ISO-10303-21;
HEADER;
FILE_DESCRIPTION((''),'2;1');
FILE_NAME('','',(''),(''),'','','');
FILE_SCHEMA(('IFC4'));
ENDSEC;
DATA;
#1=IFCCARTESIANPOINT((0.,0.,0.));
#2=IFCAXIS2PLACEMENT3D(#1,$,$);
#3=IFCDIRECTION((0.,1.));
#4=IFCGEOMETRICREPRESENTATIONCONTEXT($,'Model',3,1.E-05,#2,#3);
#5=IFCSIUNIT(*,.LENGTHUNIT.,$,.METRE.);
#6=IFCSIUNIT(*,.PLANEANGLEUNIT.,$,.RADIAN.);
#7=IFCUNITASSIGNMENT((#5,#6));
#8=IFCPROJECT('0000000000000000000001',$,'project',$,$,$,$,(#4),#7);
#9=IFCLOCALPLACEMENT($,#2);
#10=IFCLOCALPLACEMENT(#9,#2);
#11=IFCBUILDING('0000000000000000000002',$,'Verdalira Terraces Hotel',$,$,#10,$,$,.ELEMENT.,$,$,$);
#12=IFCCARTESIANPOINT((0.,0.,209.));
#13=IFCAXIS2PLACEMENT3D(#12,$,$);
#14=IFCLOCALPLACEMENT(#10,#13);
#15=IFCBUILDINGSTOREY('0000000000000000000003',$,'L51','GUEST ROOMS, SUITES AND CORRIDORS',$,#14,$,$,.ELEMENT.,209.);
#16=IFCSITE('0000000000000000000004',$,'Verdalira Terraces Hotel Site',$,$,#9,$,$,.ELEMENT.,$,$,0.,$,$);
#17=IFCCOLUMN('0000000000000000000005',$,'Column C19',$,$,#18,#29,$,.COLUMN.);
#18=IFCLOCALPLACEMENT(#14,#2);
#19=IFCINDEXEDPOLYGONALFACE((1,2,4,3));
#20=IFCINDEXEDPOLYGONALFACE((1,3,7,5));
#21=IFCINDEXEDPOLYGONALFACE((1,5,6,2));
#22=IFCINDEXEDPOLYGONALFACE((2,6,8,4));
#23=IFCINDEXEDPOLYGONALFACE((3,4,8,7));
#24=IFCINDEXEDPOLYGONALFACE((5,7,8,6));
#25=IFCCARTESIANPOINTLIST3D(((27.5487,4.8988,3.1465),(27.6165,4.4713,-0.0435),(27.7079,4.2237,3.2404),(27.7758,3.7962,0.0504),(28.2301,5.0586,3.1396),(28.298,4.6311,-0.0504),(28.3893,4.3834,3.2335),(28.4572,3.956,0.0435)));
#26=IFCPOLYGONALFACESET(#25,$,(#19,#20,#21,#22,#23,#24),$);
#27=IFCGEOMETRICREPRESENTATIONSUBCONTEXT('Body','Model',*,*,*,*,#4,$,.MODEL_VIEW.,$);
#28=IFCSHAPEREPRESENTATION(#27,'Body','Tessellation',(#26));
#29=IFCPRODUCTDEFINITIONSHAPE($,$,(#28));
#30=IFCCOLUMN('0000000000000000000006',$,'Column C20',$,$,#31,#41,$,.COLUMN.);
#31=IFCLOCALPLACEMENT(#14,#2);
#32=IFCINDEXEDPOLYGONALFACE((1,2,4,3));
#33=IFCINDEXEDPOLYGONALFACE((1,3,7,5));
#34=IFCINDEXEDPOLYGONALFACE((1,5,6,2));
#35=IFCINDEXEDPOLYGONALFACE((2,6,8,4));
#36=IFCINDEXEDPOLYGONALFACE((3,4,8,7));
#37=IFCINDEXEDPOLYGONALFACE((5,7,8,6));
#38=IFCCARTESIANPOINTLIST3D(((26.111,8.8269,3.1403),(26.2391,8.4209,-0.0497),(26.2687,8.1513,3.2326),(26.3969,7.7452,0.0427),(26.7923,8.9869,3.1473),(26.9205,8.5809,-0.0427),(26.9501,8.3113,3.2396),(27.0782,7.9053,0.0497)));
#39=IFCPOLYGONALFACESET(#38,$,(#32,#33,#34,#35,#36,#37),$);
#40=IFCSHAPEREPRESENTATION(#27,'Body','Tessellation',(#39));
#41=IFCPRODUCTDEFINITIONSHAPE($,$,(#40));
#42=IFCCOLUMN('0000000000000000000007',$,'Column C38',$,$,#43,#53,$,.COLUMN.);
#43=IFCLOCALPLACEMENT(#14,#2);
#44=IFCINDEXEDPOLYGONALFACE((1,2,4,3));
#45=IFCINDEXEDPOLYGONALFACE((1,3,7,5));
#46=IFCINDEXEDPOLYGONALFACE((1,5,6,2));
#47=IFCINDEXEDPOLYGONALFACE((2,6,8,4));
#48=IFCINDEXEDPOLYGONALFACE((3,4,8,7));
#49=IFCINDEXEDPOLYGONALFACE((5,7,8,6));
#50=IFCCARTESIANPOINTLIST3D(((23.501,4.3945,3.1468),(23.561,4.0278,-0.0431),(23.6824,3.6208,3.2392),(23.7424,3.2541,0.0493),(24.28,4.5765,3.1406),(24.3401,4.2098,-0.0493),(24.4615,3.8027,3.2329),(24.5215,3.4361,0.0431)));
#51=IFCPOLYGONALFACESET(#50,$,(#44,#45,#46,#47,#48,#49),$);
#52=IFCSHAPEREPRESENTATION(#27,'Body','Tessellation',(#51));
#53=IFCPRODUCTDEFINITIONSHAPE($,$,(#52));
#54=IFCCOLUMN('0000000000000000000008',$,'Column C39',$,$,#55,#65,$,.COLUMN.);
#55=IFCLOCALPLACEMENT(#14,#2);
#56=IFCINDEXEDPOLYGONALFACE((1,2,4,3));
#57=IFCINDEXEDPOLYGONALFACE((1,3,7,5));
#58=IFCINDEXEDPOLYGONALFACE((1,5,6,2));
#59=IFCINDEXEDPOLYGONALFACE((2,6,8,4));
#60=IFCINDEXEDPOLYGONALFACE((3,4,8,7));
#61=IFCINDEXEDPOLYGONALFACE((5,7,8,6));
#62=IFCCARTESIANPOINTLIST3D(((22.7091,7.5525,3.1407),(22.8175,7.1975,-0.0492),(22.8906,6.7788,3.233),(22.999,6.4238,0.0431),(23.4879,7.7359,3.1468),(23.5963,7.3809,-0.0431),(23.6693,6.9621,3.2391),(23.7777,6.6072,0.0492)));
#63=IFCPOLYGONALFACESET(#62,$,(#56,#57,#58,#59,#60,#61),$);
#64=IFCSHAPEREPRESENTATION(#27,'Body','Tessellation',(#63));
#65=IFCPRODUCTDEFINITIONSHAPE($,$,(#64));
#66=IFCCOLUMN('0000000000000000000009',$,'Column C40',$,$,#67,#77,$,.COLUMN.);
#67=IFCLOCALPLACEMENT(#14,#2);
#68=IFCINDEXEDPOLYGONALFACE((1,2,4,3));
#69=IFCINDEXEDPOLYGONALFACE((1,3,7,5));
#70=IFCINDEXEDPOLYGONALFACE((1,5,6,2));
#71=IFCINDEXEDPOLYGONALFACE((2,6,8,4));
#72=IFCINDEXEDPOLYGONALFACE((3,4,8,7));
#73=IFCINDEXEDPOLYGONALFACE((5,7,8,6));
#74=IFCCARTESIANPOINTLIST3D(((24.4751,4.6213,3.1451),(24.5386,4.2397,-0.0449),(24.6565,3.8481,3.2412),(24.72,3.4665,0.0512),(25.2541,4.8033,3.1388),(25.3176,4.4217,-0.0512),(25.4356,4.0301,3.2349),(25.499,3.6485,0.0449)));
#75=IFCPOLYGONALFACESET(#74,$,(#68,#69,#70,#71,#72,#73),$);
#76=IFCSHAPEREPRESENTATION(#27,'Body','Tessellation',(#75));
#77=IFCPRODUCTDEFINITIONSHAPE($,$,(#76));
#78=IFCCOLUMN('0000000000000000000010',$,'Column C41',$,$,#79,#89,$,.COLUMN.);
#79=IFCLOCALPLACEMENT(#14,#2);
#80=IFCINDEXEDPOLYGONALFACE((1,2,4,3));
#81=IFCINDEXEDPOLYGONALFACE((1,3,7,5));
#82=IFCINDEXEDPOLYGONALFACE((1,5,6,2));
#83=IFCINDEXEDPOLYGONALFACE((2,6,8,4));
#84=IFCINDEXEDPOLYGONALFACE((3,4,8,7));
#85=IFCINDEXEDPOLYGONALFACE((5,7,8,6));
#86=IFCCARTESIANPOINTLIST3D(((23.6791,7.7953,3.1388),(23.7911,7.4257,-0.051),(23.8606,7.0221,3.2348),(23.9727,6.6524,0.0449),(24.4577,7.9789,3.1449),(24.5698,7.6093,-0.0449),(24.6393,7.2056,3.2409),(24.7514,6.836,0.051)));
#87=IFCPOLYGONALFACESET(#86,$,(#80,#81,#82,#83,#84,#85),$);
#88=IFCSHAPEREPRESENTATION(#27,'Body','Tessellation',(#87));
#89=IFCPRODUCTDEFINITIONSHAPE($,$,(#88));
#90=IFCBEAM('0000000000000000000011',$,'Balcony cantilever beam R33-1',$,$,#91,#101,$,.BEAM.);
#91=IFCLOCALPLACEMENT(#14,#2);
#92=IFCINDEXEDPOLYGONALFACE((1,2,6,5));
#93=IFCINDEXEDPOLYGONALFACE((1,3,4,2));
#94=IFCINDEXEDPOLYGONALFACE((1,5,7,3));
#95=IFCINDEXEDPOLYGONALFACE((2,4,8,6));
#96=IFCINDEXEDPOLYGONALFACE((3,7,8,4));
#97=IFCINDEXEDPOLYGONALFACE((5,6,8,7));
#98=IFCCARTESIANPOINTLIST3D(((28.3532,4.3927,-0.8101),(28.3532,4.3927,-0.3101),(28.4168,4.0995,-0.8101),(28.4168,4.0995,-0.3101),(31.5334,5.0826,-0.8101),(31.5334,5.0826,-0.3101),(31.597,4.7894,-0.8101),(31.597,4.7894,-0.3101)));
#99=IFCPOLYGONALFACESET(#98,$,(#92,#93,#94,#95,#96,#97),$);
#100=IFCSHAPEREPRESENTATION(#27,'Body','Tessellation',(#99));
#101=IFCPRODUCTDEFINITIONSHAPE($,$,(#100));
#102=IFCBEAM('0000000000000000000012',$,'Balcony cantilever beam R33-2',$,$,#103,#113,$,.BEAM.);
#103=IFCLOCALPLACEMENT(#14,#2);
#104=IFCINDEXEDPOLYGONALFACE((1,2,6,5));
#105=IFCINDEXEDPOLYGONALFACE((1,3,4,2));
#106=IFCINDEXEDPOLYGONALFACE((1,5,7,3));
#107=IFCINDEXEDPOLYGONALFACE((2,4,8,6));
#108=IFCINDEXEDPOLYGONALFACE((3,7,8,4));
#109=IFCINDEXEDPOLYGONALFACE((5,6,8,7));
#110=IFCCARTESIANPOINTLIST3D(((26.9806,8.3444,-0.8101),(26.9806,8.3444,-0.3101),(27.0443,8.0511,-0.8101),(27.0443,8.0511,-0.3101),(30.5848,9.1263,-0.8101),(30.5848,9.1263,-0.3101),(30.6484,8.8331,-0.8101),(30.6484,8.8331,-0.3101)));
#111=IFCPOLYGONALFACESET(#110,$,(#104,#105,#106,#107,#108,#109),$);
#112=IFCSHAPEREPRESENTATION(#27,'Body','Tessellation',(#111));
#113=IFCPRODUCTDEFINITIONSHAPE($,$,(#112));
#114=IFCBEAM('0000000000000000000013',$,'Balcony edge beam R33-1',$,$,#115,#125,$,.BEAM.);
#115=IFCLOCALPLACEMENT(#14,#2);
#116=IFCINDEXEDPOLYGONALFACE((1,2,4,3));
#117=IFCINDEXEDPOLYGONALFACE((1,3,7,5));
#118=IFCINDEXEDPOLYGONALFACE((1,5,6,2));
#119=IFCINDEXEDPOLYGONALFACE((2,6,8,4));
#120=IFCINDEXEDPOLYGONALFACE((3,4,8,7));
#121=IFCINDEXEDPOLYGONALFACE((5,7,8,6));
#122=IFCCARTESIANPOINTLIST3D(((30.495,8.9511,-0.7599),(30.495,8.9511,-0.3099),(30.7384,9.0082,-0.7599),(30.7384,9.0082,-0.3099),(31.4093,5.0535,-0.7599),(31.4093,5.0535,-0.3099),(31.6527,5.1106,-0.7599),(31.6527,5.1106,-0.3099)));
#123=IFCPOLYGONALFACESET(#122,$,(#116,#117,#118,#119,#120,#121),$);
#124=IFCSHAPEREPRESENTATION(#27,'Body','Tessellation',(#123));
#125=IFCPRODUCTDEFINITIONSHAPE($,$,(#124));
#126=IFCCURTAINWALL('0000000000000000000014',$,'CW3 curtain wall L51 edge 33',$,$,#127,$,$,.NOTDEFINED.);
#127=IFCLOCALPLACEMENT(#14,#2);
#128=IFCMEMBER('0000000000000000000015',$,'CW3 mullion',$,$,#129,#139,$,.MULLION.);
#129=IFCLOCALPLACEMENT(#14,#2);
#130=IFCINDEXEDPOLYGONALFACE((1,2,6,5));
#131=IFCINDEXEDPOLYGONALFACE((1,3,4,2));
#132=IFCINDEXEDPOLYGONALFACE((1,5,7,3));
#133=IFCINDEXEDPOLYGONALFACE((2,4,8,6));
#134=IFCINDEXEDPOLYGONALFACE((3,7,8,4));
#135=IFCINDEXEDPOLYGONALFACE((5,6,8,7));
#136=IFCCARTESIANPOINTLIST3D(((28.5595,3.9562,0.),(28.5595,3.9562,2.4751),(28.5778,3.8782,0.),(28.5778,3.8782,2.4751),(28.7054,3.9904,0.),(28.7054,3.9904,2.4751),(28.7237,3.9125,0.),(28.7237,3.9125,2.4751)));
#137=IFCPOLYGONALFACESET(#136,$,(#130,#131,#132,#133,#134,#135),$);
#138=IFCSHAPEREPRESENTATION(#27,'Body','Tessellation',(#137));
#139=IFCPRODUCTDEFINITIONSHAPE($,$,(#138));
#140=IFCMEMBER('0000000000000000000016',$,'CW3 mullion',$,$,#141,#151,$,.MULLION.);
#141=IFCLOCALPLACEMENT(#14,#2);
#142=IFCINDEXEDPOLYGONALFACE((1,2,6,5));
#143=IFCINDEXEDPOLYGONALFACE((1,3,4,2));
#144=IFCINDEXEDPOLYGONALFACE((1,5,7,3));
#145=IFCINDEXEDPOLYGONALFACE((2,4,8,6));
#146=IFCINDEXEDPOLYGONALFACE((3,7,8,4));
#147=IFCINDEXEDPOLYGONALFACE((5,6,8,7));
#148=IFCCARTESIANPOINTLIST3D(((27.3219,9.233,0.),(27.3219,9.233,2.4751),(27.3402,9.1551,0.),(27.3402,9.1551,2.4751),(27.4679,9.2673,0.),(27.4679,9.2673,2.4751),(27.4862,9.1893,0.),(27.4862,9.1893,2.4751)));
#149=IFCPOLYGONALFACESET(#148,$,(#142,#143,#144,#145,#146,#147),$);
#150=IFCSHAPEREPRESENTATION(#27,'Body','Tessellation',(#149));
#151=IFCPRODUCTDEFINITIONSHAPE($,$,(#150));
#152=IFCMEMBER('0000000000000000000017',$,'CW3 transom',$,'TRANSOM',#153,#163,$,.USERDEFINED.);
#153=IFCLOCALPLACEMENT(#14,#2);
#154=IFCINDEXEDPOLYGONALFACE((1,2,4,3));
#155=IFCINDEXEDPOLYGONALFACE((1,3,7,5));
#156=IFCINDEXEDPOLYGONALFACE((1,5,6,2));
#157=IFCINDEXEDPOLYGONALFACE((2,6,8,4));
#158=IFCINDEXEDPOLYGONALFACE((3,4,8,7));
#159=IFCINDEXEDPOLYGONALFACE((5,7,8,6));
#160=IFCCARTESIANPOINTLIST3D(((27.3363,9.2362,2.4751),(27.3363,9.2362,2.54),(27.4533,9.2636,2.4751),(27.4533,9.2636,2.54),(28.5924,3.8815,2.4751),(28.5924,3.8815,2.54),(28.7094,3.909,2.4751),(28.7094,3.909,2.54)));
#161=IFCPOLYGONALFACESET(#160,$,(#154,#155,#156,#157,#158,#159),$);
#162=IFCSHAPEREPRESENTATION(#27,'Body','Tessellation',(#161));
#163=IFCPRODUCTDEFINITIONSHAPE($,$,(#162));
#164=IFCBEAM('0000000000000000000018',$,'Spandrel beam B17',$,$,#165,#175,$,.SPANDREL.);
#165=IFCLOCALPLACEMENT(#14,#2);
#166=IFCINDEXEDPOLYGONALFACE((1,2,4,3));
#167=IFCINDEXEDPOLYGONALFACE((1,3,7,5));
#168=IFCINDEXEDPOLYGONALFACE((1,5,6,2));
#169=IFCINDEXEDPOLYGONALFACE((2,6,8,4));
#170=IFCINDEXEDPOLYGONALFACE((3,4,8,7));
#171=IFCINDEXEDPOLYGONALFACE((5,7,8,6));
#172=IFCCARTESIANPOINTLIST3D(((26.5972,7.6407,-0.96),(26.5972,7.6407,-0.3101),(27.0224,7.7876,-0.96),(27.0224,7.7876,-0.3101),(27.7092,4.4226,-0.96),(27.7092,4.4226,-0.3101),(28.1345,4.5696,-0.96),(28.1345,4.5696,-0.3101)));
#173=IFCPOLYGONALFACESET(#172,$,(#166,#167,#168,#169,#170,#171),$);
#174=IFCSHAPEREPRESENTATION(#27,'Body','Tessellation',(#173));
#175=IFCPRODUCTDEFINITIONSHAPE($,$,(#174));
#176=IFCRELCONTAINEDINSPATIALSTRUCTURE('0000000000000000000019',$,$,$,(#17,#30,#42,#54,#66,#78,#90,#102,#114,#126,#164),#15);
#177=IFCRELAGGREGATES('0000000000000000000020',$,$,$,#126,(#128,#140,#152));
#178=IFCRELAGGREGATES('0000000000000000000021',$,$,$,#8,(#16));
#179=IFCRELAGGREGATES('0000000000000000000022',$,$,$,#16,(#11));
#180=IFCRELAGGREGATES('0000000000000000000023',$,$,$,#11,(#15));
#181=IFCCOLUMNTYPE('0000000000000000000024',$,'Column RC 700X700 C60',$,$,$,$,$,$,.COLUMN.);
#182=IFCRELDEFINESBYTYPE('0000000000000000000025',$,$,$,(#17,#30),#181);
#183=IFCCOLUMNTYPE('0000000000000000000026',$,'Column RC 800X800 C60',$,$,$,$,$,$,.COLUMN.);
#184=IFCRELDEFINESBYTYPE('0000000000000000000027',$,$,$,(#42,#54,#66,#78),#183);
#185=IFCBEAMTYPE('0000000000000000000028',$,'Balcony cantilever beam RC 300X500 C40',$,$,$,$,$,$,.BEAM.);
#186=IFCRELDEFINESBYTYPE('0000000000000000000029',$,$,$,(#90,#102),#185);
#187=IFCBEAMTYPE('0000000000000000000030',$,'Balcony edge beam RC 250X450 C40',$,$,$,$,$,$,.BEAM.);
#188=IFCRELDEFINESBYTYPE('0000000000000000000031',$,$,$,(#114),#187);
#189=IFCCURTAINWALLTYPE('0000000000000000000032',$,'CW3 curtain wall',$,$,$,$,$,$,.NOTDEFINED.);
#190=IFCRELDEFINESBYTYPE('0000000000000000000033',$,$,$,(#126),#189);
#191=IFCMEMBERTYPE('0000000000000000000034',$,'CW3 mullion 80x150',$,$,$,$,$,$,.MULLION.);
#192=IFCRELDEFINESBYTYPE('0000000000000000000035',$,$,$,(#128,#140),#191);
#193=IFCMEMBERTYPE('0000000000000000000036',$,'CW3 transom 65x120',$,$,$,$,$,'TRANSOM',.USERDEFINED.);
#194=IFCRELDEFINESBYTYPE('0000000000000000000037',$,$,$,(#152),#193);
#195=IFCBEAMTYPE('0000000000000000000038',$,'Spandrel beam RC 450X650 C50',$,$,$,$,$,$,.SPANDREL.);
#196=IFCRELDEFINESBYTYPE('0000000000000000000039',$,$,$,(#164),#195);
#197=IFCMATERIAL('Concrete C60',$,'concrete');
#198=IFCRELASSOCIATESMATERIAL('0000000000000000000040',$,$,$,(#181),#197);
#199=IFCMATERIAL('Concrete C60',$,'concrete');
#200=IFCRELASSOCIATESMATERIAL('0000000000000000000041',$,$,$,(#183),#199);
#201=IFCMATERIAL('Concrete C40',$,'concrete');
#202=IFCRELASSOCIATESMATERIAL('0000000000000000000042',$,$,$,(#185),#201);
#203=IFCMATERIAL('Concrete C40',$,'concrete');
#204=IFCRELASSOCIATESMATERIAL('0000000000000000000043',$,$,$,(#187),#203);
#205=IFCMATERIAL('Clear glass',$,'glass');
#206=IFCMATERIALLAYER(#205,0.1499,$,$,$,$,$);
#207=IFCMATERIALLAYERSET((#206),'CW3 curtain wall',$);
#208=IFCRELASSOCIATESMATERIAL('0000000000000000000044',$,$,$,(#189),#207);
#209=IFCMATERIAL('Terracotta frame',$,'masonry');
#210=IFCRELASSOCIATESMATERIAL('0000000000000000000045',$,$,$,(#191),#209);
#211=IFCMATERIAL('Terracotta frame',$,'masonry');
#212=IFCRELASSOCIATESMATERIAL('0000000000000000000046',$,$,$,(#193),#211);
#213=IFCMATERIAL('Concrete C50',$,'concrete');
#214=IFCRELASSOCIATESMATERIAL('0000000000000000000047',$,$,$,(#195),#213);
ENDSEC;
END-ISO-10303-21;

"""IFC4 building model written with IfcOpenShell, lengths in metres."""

from ifc_helpers import new_model, si_unit, direction, frame, origin, origin_2d, place, context, subcontext, project, spatial, rectangle, extrude, material, layer, layer_set, material_profile, profile_set, type_object, element, aggregate, save


model = new_model("IFC4")

# Units and contexts
model_context = context("Model", 3, precision=1e-05, world=origin(), true_north=direction((0.0, 1.0)))
body_context = subcontext(model_context, "Body", "Model", "MODEL_VIEW")
ifc_project = project(units=[si_unit("LENGTHUNIT", "METRE"), si_unit("PLANEANGLEUNIT", "RADIAN")], contexts=[model_context])

# Site, building, storey
site_placement = place(None, origin())
site = spatial("IfcSite", under=ifc_project, at=site_placement, Name="Verdalira Terraces Hotel Site", CompositionType="ELEMENT", RefElevation=0.0)
building_placement = place(site_placement, origin())
building = spatial("IfcBuilding", under=site, at=building_placement, Name="Verdalira Terraces Hotel", CompositionType="ELEMENT")
storey_placement = place(building_placement, frame((0.0, 0.0, 209.0)))
storey = spatial("IfcBuildingStorey", under=building, at=storey_placement, Name="L51", Description="GUEST ROOMS, SUITES AND CORRIDORS", CompositionType="ELEMENT", Elevation=209.0)

# Columns
ifc_material_1 = material(Name="Concrete C60", Category="concrete")
ifc_material_profile_1 = material_profile(ifc_material_1, rectangle(XDim=0.7, YDim=0.7, at=origin_2d()), Name="RC 700X700")
ifc_profile_set_1 = profile_set([ifc_material_profile_1], Name="Concrete C60")
column_type_1 = type_object("IfcColumnType", Name="Column RC 700X700 C60", PredefinedType="COLUMN", material=ifc_profile_set_1)
column_1_placement = place(storey_placement, frame((28.0369, 4.2136, 0.0), z_axis=(-0.021083, 0.132795, 0.990919), x_axis=(-0.227486, 0.964504, -0.134095)))
element("IfcColumn", 1, at=column_1_placement, inside=storey, type_object=column_type_1, Name="Column C19", PredefinedType="COLUMN", context=body_context, shape_type="SweptSolid", body=[
    extrude(rectangle(XDim=0.7, YDim=0.7, at=origin_2d()), origin(), (0.0, 0.0, 1.0), 3.2192),
])
column_2_placement = place(storey_placement, frame((26.6587, 8.1631, 0.0), z_axis=(-0.039827, 0.126158, 0.99121), x_axis=(-0.225327, 0.965311, -0.131916)))
element("IfcColumn", 2, at=column_2_placement, inside=storey, type_object=column_type_1, Name="Column C20", PredefinedType="COLUMN", context=body_context, shape_type="SweptSolid", body=[
    extrude(rectangle(XDim=0.7, YDim=0.7, at=origin_2d()), origin(), (0.0, 0.0, 1.0), 3.2183),
])
ifc_material_2 = material(Name="Concrete C60", Category="concrete")
ifc_material_profile_2 = material_profile(ifc_material_2, rectangle(XDim=0.8, YDim=0.8, at=origin_2d()), Name="RC 800X800")
ifc_profile_set_2 = profile_set([ifc_material_profile_2], Name="Concrete C60")
column_type_2 = type_object("IfcColumnType", Name="Column RC 800X800 C60", PredefinedType="COLUMN", material=ifc_profile_set_2)
for number, where, z_axis, x_axis, name in (
    (3, (24.0413, 3.7319, 0.0), (-0.018701, 0.114183, 0.993284), (0.973766, 0.227419, -0.007809), "Column C38"),
    (4, (23.2976, 6.9023, 0.0), (-0.033754, 0.110535, 0.993299), (0.973358, 0.229164, 0.007574), "Column C39"),
):
    element("IfcColumn", number, at=place(storey_placement, frame(where, z_axis=z_axis, x_axis=x_axis)), inside=storey, type_object=column_type_2, Name=name, PredefinedType="COLUMN", context=body_context, shape_type="SweptSolid", body=[
        extrude(rectangle(XDim=0.8, YDim=0.8, at=origin_2d()), origin(), (0.0, 0.0, 1.0), 3.2114),
    ])
column_3_placement = place(storey_placement, frame((25.0188, 3.9441, 0.0), z_axis=(-0.019754, 0.118753, 0.992727), x_axis=(0.973742, 0.22752, -0.00784)))
element("IfcColumn", 5, at=column_3_placement, inside=storey, type_object=column_type_2, Name="Column C40", PredefinedType="COLUMN", context=body_context, shape_type="SweptSolid", body=[
    extrude(rectangle(XDim=0.8, YDim=0.8, at=origin_2d()), origin(), (0.0, 0.0, 1.0), 3.2134),
])
column_4_placement = place(storey_placement, frame((24.2712, 7.1309, 0.0), z_axis=(-0.034875, 0.115033, 0.992749), x_axis=(0.973288, 0.229463, 0.007602)))
element("IfcColumn", 6, at=column_4_placement, inside=storey, type_object=column_type_2, Name="Column C41", PredefinedType="COLUMN", context=body_context, shape_type="SweptSolid", body=[
    extrude(rectangle(XDim=0.8, YDim=0.8, at=origin_2d()), origin(), (0.0, 0.0, 1.0), 3.2131),
])

# Beams
ifc_material_3 = material(Name="Concrete C40", Category="concrete")
ifc_material_profile_3 = material_profile(ifc_material_3, rectangle(XDim=0.3, YDim=0.5, at=origin_2d()), Name="RC 300X500")
ifc_profile_set_3 = profile_set([ifc_material_profile_3], Name="Concrete C40")
beam_type_1 = type_object("IfcBeamType", Name="Balcony cantilever beam RC 300X500 C40", PredefinedType="BEAM", material=ifc_profile_set_3)
beam_1_placement = place(storey_placement, frame((28.385, 4.2461, -0.5601), z_axis=(0.977266, 0.212018, 0.0), x_axis=(-0.212018, 0.977266, 0.0)))
element("IfcBeam", 7, at=beam_1_placement, inside=storey, type_object=beam_type_1, Name="Balcony cantilever beam R33-1", PredefinedType="BEAM", context=body_context, shape_type="SweptSolid", body=[
    extrude(rectangle(XDim=0.3, YDim=0.5, at=origin_2d()), origin(), (0.0, 0.0, 1.0), 3.2542),
])
beam_2_placement = place(storey_placement, frame((27.0125, 8.1978, -0.5601), z_axis=(0.977264, 0.212028, 0.0), x_axis=(-0.212028, 0.977264, 0.0)))
element("IfcBeam", 8, at=beam_2_placement, inside=storey, type_object=beam_type_1, Name="Balcony cantilever beam R33-2", PredefinedType="BEAM", context=body_context, shape_type="SweptSolid", body=[
    extrude(rectangle(XDim=0.3, YDim=0.5, at=origin_2d()), origin(), (0.0, 0.0, 1.0), 3.688),
])
ifc_material_4 = material(Name="Concrete C40", Category="concrete")
ifc_material_profile_4 = material_profile(ifc_material_4, rectangle(XDim=0.25, YDim=0.45, at=origin_2d()), Name="RC 250X450")
ifc_profile_set_4 = profile_set([ifc_material_profile_4], Name="Concrete C40")
beam_type_2 = type_object("IfcBeamType", Name="Balcony edge beam RC 250X450 C40", PredefinedType="BEAM", material=ifc_profile_set_4)
beam_3_placement = place(storey_placement, frame((31.531, 5.082, -0.5349), z_axis=(-0.228376, 0.973573, 0.0), x_axis=(-0.973573, -0.228376, 0.0)))
element("IfcBeam", 9, at=beam_3_placement, inside=storey, type_object=beam_type_2, Name="Balcony edge beam R33-1", PredefinedType="BEAM", context=body_context, shape_type="SweptSolid", body=[
    extrude(rectangle(XDim=0.25, YDim=0.45, at=origin_2d()), origin(), (0.0, 0.0, 1.0), 4.0034),
])

# Curtain wall, members
ifc_material_5 = material(Name="Clear glass", Category="glass")
ifc_layer_1 = layer(ifc_material_5, 0.1499)
ifc_layer_set_1 = layer_set([ifc_layer_1], Name="CW3 curtain wall")
curtain_wall_type = type_object("IfcCurtainWallType", Name="CW3 curtain wall", PredefinedType="NOTDEFINED", material=ifc_layer_set_1)
curtain_wall_placement = place(storey_placement, origin())
curtain_wall = element("IfcCurtainWall", 10, at=curtain_wall_placement, inside=storey, type_object=curtain_wall_type, Name="CW3 curtain wall L51 edge 33", PredefinedType="NOTDEFINED")
ifc_material_6 = material(Name="Terracotta frame", Category="masonry")
ifc_material_profile_5 = material_profile(ifc_material_6, rectangle(XDim=0.0801, YDim=0.1499, at=origin_2d()), Name="MU 80x150")
ifc_profile_set_5 = profile_set([ifc_material_profile_5], Name="Terracotta frame")
member_type_1 = type_object("IfcMemberType", Name="CW3 mullion 80x150", PredefinedType="MULLION", material=ifc_profile_set_5)
member_1_placement = place(storey_placement, frame((28.6416, 3.9343, 0.0), z_axis=(0.0, 0.0, 1.0), x_axis=(-0.228351, 0.973579, 0.0)))
member_1 = element("IfcMember", 11, at=member_1_placement, type_object=member_type_1, Name="CW3 mullion", PredefinedType="MULLION", context=body_context, shape_type="SweptSolid", body=[
    extrude(rectangle(XDim=0.0801, YDim=0.1499, at=origin_2d()), origin(), (0.0, 0.0, 1.0), 2.4751),
])
member_2_placement = place(storey_placement, frame((27.4041, 9.2112, 0.0), z_axis=(0.0, 0.0, 1.0), x_axis=(-0.228351, 0.973579, 0.0)))
member_2 = element("IfcMember", 12, at=member_2_placement, type_object=member_type_1, Name="CW3 mullion", PredefinedType="MULLION", context=body_context, shape_type="SweptSolid", body=[
    extrude(rectangle(XDim=0.0801, YDim=0.1499, at=origin_2d()), origin(), (0.0, 0.0, 1.0), 2.4751),
])
ifc_material_7 = material(Name="Terracotta frame", Category="masonry")
ifc_material_profile_6 = material_profile(ifc_material_7, rectangle(XDim=0.1201, YDim=0.0649, at=origin_2d()), Name="TR 65x120")
ifc_profile_set_6 = profile_set([ifc_material_profile_6], Name="Terracotta frame")
member_type_2 = type_object("IfcMemberType", Name="CW3 transom 65x120", ElementType="TRANSOM", PredefinedType="USERDEFINED", material=ifc_profile_set_6)
member_3_placement = place(storey_placement, frame((28.6509, 3.8953, 2.5076), z_axis=(-0.228379, 0.973572, 0.0), x_axis=(-0.973572, -0.228379, 0.0)))
member_3 = element("IfcMember", 13, at=member_3_placement, type_object=member_type_2, Name="CW3 transom", ObjectType="TRANSOM", PredefinedType="USERDEFINED", context=body_context, shape_type="SweptSolid", body=[
    extrude(rectangle(XDim=0.1201, YDim=0.0649, at=origin_2d()), origin(), (0.0, 0.0, 1.0), 5.5),
])

# Beam
ifc_material_8 = material(Name="Concrete C50", Category="concrete")
ifc_material_profile_7 = material_profile(ifc_material_8, rectangle(XDim=0.45, YDim=0.6499, at=origin_2d()), Name="RC 450X650")
ifc_profile_set_7 = profile_set([ifc_material_profile_7], Name="Concrete C50")
beam_type_3 = type_object("IfcBeamType", Name="Spandrel beam RC 450X650 C50", PredefinedType="SPANDREL", material=ifc_profile_set_7)
beam_4_placement = place(storey_placement, frame((27.9219, 4.4961, -0.635), z_axis=(-0.32662, 0.945156, 0.0), x_axis=(-0.945156, -0.32662, 0.0)))
element("IfcBeam", 14, at=beam_4_placement, inside=storey, type_object=beam_type_3, Name="Spandrel beam B17", PredefinedType="SPANDREL", context=body_context, shape_type="SweptSolid", body=[
    extrude(rectangle(XDim=0.45, YDim=0.6499, at=origin_2d()), origin(), (0.0, 0.0, 1.0), 3.4048),
])

aggregate(curtain_wall, [member_1, member_2, member_3])

save(model, "model.ifc")
